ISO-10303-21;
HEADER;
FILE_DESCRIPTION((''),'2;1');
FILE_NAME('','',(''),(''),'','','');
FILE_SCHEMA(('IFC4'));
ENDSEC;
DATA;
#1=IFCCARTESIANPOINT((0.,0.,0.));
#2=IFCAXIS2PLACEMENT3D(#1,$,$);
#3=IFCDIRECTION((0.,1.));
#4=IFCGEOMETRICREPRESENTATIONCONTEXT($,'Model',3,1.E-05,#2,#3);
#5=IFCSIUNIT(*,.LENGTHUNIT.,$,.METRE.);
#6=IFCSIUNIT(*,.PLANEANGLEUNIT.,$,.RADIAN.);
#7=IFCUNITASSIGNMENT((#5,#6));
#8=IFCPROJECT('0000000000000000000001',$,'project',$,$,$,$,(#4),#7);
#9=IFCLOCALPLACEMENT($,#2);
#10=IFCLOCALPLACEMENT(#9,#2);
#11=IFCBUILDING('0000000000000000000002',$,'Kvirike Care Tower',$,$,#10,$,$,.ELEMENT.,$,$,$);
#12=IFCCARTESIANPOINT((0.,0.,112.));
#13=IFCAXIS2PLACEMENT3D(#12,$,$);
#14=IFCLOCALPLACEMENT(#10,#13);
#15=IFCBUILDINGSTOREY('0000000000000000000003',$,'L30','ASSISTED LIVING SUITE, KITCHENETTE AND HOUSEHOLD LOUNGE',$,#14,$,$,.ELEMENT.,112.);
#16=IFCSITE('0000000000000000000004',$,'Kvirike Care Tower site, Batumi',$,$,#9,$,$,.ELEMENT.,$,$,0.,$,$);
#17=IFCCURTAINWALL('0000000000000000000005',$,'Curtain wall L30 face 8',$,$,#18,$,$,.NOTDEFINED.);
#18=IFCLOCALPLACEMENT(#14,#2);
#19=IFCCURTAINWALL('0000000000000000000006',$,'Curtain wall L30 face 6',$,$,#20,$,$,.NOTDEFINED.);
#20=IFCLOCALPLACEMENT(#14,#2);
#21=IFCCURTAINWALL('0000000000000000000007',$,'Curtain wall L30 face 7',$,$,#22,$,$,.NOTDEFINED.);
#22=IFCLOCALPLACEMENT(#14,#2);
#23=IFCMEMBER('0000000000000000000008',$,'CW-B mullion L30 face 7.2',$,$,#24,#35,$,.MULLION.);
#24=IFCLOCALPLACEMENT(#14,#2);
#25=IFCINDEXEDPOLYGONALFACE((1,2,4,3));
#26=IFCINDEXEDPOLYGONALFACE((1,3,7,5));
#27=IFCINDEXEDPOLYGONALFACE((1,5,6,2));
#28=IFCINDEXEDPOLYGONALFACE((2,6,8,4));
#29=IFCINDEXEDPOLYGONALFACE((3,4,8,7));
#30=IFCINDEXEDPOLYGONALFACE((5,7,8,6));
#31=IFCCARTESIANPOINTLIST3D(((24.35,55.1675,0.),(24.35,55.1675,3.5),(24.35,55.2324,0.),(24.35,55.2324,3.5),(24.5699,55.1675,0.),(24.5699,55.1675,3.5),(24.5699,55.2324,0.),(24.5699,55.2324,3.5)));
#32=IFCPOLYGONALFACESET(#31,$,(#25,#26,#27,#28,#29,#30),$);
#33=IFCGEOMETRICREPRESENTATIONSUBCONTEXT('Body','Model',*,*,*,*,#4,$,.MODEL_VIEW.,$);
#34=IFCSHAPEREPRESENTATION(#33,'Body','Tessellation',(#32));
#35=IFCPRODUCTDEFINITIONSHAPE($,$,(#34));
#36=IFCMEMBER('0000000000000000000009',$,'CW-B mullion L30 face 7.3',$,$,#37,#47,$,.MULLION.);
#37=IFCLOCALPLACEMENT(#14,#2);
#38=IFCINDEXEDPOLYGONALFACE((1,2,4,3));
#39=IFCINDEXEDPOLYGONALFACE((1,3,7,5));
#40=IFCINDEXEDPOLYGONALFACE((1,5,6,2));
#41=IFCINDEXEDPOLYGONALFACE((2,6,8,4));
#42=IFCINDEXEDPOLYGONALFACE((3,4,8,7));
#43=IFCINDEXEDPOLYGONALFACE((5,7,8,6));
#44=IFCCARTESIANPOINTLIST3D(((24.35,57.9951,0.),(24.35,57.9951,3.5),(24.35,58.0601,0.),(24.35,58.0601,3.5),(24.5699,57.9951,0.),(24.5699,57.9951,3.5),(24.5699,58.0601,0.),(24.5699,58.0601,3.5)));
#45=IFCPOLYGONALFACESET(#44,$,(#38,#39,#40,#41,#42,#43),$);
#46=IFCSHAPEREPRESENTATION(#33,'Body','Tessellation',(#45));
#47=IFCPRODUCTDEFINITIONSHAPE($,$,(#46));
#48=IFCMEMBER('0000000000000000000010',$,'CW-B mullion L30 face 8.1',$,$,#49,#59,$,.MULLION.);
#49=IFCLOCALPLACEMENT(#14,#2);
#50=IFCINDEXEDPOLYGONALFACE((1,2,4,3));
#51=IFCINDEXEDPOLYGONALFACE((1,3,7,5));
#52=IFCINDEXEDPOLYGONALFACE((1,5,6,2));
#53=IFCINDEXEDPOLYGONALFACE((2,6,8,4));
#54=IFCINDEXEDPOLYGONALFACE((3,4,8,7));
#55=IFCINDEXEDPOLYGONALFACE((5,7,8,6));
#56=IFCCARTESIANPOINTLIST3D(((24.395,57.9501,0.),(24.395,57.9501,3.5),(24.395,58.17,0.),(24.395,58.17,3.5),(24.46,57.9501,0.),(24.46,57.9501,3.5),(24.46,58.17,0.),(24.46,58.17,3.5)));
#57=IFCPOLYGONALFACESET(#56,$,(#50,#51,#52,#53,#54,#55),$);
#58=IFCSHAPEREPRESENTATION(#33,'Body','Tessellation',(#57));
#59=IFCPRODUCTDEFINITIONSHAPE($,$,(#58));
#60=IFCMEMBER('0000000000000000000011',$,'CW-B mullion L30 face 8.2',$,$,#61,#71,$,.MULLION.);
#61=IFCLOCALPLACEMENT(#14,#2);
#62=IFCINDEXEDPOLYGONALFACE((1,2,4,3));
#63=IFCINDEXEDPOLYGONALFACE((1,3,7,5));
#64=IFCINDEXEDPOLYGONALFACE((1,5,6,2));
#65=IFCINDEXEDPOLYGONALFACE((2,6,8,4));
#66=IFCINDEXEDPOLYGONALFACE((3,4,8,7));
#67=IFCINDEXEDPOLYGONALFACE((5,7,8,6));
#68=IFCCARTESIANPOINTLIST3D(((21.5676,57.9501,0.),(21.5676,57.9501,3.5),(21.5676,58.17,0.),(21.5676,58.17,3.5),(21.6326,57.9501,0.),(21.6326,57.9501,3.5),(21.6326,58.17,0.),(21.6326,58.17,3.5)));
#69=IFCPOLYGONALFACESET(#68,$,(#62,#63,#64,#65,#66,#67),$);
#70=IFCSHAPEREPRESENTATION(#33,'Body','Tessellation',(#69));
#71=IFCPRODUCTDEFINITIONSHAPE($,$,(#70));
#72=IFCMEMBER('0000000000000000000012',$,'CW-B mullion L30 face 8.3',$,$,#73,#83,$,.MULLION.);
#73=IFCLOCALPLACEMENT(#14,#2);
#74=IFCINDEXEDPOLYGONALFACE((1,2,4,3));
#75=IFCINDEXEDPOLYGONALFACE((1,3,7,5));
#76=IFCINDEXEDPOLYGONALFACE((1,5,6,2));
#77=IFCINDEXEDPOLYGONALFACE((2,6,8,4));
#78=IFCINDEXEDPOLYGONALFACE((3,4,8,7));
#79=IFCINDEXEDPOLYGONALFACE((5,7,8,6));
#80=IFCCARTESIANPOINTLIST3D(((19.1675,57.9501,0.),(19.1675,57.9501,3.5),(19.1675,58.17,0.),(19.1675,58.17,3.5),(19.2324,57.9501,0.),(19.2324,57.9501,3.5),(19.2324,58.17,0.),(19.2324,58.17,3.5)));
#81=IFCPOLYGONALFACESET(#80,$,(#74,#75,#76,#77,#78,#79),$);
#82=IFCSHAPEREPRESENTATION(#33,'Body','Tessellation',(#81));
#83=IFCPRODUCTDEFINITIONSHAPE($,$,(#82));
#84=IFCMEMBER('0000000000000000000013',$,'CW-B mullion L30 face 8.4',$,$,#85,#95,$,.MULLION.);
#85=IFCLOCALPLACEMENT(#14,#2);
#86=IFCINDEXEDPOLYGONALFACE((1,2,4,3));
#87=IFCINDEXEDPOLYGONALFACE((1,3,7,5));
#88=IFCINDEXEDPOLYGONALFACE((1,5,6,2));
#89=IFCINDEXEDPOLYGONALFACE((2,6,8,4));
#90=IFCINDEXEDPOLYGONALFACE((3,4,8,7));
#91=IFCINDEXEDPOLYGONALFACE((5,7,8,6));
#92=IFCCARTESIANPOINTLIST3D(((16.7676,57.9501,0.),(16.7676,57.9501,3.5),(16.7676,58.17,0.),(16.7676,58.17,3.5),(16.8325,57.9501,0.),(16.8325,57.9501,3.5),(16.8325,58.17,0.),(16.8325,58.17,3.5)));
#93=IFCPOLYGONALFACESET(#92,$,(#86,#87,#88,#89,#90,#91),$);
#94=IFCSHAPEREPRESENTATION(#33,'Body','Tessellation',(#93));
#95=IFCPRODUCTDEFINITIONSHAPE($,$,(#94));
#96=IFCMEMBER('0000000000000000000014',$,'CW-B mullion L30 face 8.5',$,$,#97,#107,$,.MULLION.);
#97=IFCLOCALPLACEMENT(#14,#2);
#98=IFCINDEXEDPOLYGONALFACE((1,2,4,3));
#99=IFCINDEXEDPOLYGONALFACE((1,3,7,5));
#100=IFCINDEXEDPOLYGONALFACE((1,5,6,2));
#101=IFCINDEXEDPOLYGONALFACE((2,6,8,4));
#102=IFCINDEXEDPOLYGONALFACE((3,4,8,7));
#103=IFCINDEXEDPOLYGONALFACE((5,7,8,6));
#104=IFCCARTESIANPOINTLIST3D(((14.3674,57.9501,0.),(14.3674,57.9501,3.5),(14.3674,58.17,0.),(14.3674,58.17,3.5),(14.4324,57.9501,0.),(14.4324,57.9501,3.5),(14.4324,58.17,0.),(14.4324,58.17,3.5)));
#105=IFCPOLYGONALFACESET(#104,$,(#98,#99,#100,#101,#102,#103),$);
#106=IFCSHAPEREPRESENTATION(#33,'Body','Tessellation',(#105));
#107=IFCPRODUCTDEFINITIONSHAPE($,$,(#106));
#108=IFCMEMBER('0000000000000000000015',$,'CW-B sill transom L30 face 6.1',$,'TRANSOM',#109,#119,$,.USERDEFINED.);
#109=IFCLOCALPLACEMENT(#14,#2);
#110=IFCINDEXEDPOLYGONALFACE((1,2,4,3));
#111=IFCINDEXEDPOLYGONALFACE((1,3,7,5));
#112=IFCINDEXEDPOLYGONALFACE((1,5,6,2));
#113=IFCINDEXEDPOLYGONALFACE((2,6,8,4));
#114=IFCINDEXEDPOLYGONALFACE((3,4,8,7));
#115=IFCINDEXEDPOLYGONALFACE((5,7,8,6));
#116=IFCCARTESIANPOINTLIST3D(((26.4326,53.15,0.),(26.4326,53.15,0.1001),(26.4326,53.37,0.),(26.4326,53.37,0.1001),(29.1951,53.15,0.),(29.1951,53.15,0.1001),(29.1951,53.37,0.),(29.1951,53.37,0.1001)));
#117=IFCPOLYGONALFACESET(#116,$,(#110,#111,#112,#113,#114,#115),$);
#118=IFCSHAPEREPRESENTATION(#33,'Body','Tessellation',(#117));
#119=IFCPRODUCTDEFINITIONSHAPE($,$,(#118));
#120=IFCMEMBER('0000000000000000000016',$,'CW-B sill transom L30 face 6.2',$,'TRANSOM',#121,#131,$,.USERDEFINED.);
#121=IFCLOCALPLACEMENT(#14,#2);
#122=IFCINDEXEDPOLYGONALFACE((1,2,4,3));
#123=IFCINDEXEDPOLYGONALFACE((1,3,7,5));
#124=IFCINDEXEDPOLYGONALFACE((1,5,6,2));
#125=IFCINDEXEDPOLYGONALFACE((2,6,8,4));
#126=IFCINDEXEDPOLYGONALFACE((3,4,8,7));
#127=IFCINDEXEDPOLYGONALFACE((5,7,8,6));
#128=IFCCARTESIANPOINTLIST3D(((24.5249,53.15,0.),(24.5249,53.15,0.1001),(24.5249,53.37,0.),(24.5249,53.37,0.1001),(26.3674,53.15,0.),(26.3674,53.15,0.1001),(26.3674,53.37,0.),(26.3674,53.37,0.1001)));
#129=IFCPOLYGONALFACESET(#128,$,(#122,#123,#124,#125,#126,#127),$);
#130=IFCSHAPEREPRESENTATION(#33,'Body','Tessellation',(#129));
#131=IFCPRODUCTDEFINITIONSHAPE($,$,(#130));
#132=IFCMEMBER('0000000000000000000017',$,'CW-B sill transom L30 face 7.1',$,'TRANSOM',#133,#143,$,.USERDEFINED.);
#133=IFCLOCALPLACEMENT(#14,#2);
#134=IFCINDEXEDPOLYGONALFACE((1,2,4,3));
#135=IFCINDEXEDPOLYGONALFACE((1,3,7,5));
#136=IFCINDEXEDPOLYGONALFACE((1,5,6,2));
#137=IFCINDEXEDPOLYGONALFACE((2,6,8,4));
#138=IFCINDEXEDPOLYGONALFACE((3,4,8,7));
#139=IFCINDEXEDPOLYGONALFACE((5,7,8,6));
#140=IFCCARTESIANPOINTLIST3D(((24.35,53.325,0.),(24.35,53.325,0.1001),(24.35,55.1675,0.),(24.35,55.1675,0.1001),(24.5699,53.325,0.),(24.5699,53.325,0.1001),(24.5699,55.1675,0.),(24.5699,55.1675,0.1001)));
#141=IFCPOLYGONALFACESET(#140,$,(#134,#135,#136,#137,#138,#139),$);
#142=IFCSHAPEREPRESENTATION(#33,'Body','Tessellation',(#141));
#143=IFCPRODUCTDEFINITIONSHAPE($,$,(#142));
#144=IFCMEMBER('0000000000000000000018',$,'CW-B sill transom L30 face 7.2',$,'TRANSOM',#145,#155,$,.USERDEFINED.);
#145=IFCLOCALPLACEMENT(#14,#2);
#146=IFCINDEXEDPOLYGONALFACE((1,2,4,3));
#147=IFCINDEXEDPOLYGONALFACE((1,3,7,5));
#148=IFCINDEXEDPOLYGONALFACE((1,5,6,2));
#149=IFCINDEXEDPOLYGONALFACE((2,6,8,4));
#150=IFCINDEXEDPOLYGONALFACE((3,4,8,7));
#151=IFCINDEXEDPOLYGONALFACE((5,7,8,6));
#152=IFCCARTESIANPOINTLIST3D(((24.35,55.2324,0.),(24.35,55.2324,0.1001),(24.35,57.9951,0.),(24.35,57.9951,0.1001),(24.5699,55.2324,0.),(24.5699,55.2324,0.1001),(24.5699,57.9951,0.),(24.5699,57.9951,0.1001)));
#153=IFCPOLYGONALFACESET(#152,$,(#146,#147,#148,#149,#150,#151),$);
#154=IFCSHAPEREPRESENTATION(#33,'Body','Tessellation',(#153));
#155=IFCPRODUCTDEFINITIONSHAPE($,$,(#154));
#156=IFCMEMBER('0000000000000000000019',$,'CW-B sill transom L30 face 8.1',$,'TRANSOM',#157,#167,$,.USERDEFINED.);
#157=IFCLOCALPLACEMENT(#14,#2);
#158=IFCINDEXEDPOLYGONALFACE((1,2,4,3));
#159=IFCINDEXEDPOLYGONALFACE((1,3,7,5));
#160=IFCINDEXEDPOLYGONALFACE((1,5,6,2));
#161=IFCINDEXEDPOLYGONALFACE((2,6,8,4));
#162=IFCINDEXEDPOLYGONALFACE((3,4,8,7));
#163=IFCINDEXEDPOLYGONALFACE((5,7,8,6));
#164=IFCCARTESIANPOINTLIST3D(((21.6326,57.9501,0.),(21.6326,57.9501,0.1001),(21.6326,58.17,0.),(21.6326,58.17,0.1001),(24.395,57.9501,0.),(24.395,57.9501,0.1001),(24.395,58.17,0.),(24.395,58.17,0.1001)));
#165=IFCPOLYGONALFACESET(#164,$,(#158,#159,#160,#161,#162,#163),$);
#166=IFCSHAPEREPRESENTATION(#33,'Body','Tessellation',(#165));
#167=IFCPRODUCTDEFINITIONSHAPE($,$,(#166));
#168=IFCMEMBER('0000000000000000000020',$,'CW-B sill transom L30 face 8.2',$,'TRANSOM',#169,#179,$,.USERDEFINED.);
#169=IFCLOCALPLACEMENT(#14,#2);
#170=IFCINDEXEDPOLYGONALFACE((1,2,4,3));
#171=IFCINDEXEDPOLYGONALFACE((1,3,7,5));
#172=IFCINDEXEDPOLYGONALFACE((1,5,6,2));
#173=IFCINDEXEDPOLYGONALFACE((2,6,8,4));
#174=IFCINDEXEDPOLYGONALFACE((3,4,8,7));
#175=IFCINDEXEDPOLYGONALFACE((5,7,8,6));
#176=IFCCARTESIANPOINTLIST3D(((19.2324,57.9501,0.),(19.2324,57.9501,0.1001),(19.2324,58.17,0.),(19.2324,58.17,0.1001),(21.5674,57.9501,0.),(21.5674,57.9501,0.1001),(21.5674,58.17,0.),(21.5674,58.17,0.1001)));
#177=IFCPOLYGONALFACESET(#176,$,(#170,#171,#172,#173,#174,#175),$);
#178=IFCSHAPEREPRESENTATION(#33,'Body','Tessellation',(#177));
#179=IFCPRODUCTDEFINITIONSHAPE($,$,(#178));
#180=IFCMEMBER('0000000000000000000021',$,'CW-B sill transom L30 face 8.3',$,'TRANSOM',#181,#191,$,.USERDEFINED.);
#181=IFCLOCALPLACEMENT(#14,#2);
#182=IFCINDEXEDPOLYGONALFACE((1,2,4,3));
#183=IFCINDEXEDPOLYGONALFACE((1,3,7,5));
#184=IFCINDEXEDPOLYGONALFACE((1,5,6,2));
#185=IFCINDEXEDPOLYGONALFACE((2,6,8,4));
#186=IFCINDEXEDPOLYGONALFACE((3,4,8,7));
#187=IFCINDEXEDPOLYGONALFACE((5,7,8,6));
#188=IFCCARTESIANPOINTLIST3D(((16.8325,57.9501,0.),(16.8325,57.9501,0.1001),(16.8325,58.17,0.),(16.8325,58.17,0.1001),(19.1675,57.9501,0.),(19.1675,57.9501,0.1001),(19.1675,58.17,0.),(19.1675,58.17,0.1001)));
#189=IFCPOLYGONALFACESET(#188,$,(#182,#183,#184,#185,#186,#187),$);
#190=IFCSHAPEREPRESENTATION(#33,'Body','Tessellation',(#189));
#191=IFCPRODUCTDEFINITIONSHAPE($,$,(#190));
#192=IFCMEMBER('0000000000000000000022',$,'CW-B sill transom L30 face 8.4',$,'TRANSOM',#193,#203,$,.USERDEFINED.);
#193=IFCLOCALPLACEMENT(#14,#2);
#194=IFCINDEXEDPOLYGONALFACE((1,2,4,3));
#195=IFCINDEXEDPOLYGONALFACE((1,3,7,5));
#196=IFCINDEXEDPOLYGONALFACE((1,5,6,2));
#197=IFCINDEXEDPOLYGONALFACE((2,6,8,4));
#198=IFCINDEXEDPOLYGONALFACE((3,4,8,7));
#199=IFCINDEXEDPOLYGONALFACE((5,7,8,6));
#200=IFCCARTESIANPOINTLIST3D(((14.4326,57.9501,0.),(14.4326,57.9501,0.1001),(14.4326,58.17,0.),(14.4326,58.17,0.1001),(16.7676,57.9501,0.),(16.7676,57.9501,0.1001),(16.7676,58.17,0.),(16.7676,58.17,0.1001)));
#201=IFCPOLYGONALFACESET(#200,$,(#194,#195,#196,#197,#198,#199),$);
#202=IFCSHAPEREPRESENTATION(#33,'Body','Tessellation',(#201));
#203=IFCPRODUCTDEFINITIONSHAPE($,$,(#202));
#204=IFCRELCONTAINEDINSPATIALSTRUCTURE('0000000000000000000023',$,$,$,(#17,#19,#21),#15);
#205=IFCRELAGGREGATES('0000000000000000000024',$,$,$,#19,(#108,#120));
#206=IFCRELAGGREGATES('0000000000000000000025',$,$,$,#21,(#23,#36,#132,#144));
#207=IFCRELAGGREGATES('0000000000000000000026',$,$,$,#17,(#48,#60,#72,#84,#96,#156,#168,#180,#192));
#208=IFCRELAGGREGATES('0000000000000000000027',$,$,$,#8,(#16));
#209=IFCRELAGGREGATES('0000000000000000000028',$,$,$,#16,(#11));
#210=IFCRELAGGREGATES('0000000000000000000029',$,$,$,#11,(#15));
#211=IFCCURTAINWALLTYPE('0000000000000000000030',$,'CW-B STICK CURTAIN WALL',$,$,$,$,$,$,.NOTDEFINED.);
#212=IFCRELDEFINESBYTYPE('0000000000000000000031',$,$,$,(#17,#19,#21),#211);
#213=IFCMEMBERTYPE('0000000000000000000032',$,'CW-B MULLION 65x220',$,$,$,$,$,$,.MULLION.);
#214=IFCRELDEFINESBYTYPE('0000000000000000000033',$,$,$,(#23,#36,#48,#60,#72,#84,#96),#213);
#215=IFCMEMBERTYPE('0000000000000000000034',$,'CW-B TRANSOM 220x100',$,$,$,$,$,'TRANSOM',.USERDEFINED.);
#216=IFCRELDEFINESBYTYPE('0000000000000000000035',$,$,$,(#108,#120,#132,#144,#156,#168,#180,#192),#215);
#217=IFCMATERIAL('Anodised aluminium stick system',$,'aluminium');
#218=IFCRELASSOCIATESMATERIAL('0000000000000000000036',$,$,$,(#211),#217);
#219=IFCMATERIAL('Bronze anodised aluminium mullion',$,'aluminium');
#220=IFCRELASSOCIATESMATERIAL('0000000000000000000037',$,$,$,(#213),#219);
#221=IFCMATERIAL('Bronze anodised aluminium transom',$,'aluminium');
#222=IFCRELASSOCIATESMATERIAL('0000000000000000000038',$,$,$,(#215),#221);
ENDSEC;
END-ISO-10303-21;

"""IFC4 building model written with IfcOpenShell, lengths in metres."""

from ifc_helpers import new_model, si_unit, direction, frame, origin, origin_2d, place, context, subcontext, project, spatial, rectangle, extrude, material, material_profile, profile_set, type_object, element, aggregate, save


model = new_model("IFC4")

# Units and contexts
model_context = context("Model", 3, precision=1e-05, world=origin(), true_north=direction((0.0, 1.0)))
body_context = subcontext(model_context, "Body", "Model", "MODEL_VIEW")
ifc_project = project(units=[si_unit("LENGTHUNIT", "METRE"), si_unit("PLANEANGLEUNIT", "RADIAN")], contexts=[model_context])

# Site, building, storey
site_placement = place(None, origin())
site = spatial("IfcSite", under=ifc_project, at=site_placement, Name="Kvirike Care Tower site, Batumi", CompositionType="ELEMENT", RefElevation=0.0)
building_placement = place(site_placement, origin())
building = spatial("IfcBuilding", under=site, at=building_placement, Name="Kvirike Care Tower", CompositionType="ELEMENT")
storey_placement = place(building_placement, frame((0.0, 0.0, 112.0)))
storey = spatial("IfcBuildingStorey", under=building, at=storey_placement, Name="L30", Description="ASSISTED LIVING SUITE, KITCHENETTE AND HOUSEHOLD LOUNGE", CompositionType="ELEMENT", Elevation=112.0)

# Curtain walls, members
ifc_material_1 = material(Name="Anodised aluminium stick system", Category="aluminium")
curtain_wall_type = type_object("IfcCurtainWallType", Name="CW-B STICK CURTAIN WALL", PredefinedType="NOTDEFINED", material=ifc_material_1)
curtain_wall_1_placement = place(storey_placement, origin())
curtain_wall_1 = element("IfcCurtainWall", 1, at=curtain_wall_1_placement, inside=storey, type_object=curtain_wall_type, Name="Curtain wall L30 face 8", PredefinedType="NOTDEFINED")
curtain_wall_2_placement = place(storey_placement, origin())
curtain_wall_2 = element("IfcCurtainWall", 2, at=curtain_wall_2_placement, inside=storey, type_object=curtain_wall_type, Name="Curtain wall L30 face 6", PredefinedType="NOTDEFINED")
ifc_material_2 = material(Name="Bronze anodised aluminium mullion", Category="aluminium")
ifc_material_profile_1 = material_profile(ifc_material_2, rectangle(XDim=0.0649, YDim=0.22, at=origin_2d()), Name="CW-B MULLION 65x220")
ifc_profile_set_1 = profile_set([ifc_material_profile_1], Name="Bronze anodised aluminium mullion")
member_type_1 = type_object("IfcMemberType", Name="CW-B MULLION 65x220", PredefinedType="MULLION", material=ifc_profile_set_1)
curtain_wall_3_placement = place(storey_placement, origin())
curtain_wall_3 = element("IfcCurtainWall", 3, at=curtain_wall_3_placement, inside=storey, type_object=curtain_wall_type, Name="Curtain wall L30 face 7", PredefinedType="NOTDEFINED")
member_1_placement = place(storey_placement, frame((24.46, 55.2, 0.0), z_axis=(0.0, 0.0, 1.0), x_axis=(0.0, 1.0, 0.0)))
member_1 = element("IfcMember", 4, at=member_1_placement, type_object=member_type_1, Name="CW-B mullion L30 face 7.2", PredefinedType="MULLION", context=body_context, shape_type="SweptSolid", body=[
    extrude(rectangle(XDim=0.0649, YDim=0.22, at=origin_2d()), origin(), (0.0, 0.0, 1.0), 3.5),
])
member_2_placement = place(storey_placement, frame((24.46, 58.0276, 0.0), z_axis=(0.0, 0.0, 1.0), x_axis=(0.0, 1.0, 0.0)))
member_2 = element("IfcMember", 5, at=member_2_placement, type_object=member_type_1, Name="CW-B mullion L30 face 7.3", PredefinedType="MULLION", context=body_context, shape_type="SweptSolid", body=[
    extrude(rectangle(XDim=0.0649, YDim=0.22, at=origin_2d()), origin(), (0.0, 0.0, 1.0), 3.5),
])

# Members
member_3_placement = place(storey_placement, frame((24.4275, 58.0601, 0.0), z_axis=(0.0, 0.0, 1.0), x_axis=(-1.0, 0.0, 0.0)))
member_3 = element("IfcMember", 6, at=member_3_placement, type_object=member_type_1, Name="CW-B mullion L30 face 8.1", PredefinedType="MULLION", context=body_context, shape_type="SweptSolid", body=[
    extrude(rectangle(XDim=0.0649, YDim=0.22, at=origin_2d()), origin(), (0.0, 0.0, 1.0), 3.5),
])
member_4_placement = place(storey_placement, frame((21.6001, 58.0601, 0.0), z_axis=(0.0, 0.0, 1.0), x_axis=(-1.0, 0.0, 0.0)))
member_4 = element("IfcMember", 7, at=member_4_placement, type_object=member_type_1, Name="CW-B mullion L30 face 8.2", PredefinedType="MULLION", context=body_context, shape_type="SweptSolid", body=[
    extrude(rectangle(XDim=0.0649, YDim=0.22, at=origin_2d()), origin(), (0.0, 0.0, 1.0), 3.5),
])
member_5_placement = place(storey_placement, frame((19.2, 58.0601, 0.0), z_axis=(0.0, 0.0, 1.0), x_axis=(-1.0, 0.0, 0.0)))
member_5 = element("IfcMember", 8, at=member_5_placement, type_object=member_type_1, Name="CW-B mullion L30 face 8.3", PredefinedType="MULLION", context=body_context, shape_type="SweptSolid", body=[
    extrude(rectangle(XDim=0.0649, YDim=0.22, at=origin_2d()), origin(), (0.0, 0.0, 1.0), 3.5),
])
member_6_placement = place(storey_placement, frame((16.8, 58.0601, 0.0), z_axis=(0.0, 0.0, 1.0), x_axis=(-1.0, 0.0, 0.0)))
member_6 = element("IfcMember", 9, at=member_6_placement, type_object=member_type_1, Name="CW-B mullion L30 face 8.4", PredefinedType="MULLION", context=body_context, shape_type="SweptSolid", body=[
    extrude(rectangle(XDim=0.0649, YDim=0.22, at=origin_2d()), origin(), (0.0, 0.0, 1.0), 3.5),
])
member_7_placement = place(storey_placement, frame((14.3999, 58.0601, 0.0), z_axis=(0.0, 0.0, 1.0), x_axis=(-1.0, 0.0, 0.0)))
member_7 = element("IfcMember", 10, at=member_7_placement, type_object=member_type_1, Name="CW-B mullion L30 face 8.5", PredefinedType="MULLION", context=body_context, shape_type="SweptSolid", body=[
    extrude(rectangle(XDim=0.0649, YDim=0.22, at=origin_2d()), origin(), (0.0, 0.0, 1.0), 3.5),
])
ifc_material_3 = material(Name="Bronze anodised aluminium transom", Category="aluminium")
ifc_material_profile_2 = material_profile(ifc_material_3, rectangle(XDim=0.22, YDim=0.1001, at=origin_2d()), Name="CW-B TRANSOM 220x100")
ifc_profile_set_2 = profile_set([ifc_material_profile_2], Name="Bronze anodised aluminium transom")
member_type_2 = type_object("IfcMemberType", Name="CW-B TRANSOM 220x100", ElementType="TRANSOM", PredefinedType="USERDEFINED", material=ifc_profile_set_2)
member_8_placement = place(storey_placement, frame((29.1951, 53.26, 0.05), z_axis=(-1.0, 0.0, 0.0), x_axis=(0.0, -1.0, 0.0)))
member_8 = element("IfcMember", 11, at=member_8_placement, type_object=member_type_2, Name="CW-B sill transom L30 face 6.1", ObjectType="TRANSOM", PredefinedType="USERDEFINED", context=body_context, shape_type="SweptSolid", body=[
    extrude(rectangle(XDim=0.22, YDim=0.1001, at=origin_2d()), origin(), (0.0, 0.0, 1.0), 2.7625),
])
member_9_placement = place(storey_placement, frame((26.3674, 53.26, 0.05), z_axis=(-1.0, 0.0, 0.0), x_axis=(0.0, -1.0, 0.0)))
member_9 = element("IfcMember", 12, at=member_9_placement, type_object=member_type_2, Name="CW-B sill transom L30 face 6.2", ObjectType="TRANSOM", PredefinedType="USERDEFINED", context=body_context, shape_type="SweptSolid", body=[
    extrude(rectangle(XDim=0.22, YDim=0.1001, at=origin_2d()), origin(), (0.0, 0.0, 1.0), 1.8425),
])
member_10_placement = place(storey_placement, frame((24.46, 53.325, 0.05), z_axis=(0.0, 1.0, 0.0), x_axis=(-1.0, 0.0, 0.0)))
member_10 = element("IfcMember", 13, at=member_10_placement, type_object=member_type_2, Name="CW-B sill transom L30 face 7.1", ObjectType="TRANSOM", PredefinedType="USERDEFINED", context=body_context, shape_type="SweptSolid", body=[
    extrude(rectangle(XDim=0.22, YDim=0.1001, at=origin_2d()), origin(), (0.0, 0.0, 1.0), 1.8425),
])
member_11_placement = place(storey_placement, frame((24.46, 55.2324, 0.05), z_axis=(0.0, 1.0, 0.0), x_axis=(-1.0, 0.0, 0.0)))
member_11 = element("IfcMember", 14, at=member_11_placement, type_object=member_type_2, Name="CW-B sill transom L30 face 7.2", ObjectType="TRANSOM", PredefinedType="USERDEFINED", context=body_context, shape_type="SweptSolid", body=[
    extrude(rectangle(XDim=0.22, YDim=0.1001, at=origin_2d()), origin(), (0.0, 0.0, 1.0), 2.7627),
])
member_12_placement = place(storey_placement, frame((24.395, 58.0601, 0.05), z_axis=(-1.0, 0.0, 0.0), x_axis=(0.0, -1.0, 0.0)))
member_12 = element("IfcMember", 15, at=member_12_placement, type_object=member_type_2, Name="CW-B sill transom L30 face 8.1", ObjectType="TRANSOM", PredefinedType="USERDEFINED", context=body_context, shape_type="SweptSolid", body=[
    extrude(rectangle(XDim=0.22, YDim=0.1001, at=origin_2d()), origin(), (0.0, 0.0, 1.0), 2.7625),
])
member_13_placement = place(storey_placement, frame((21.5674, 58.0601, 0.05), z_axis=(-1.0, 0.0, 0.0), x_axis=(0.0, -1.0, 0.0)))
member_13 = element("IfcMember", 16, at=member_13_placement, type_object=member_type_2, Name="CW-B sill transom L30 face 8.2", ObjectType="TRANSOM", PredefinedType="USERDEFINED", context=body_context, shape_type="SweptSolid", body=[
    extrude(rectangle(XDim=0.22, YDim=0.1001, at=origin_2d()), origin(), (0.0, 0.0, 1.0), 2.335),
])
member_14_placement = place(storey_placement, frame((19.1675, 58.0601, 0.05), z_axis=(-1.0, 0.0, 0.0), x_axis=(0.0, -1.0, 0.0)))
member_14 = element("IfcMember", 17, at=member_14_placement, type_object=member_type_2, Name="CW-B sill transom L30 face 8.3", ObjectType="TRANSOM", PredefinedType="USERDEFINED", context=body_context, shape_type="SweptSolid", body=[
    extrude(rectangle(XDim=0.22, YDim=0.1001, at=origin_2d()), origin(), (0.0, 0.0, 1.0), 2.335),
])
member_15_placement = place(storey_placement, frame((16.7676, 58.0601, 0.05), z_axis=(-1.0, 0.0, 0.0), x_axis=(0.0, -1.0, 0.0)))
member_15 = element("IfcMember", 18, at=member_15_placement, type_object=member_type_2, Name="CW-B sill transom L30 face 8.4", ObjectType="TRANSOM", PredefinedType="USERDEFINED", context=body_context, shape_type="SweptSolid", body=[
    extrude(rectangle(XDim=0.22, YDim=0.1001, at=origin_2d()), origin(), (0.0, 0.0, 1.0), 2.335),
])

aggregate(curtain_wall_2, [member_8, member_9])
aggregate(curtain_wall_3, [member_1, member_2, member_10, member_11])
aggregate(curtain_wall_1, [member_3, member_4, member_5, member_6, member_7, member_12, member_13, member_14, member_15])

save(model, "model.ifc")
